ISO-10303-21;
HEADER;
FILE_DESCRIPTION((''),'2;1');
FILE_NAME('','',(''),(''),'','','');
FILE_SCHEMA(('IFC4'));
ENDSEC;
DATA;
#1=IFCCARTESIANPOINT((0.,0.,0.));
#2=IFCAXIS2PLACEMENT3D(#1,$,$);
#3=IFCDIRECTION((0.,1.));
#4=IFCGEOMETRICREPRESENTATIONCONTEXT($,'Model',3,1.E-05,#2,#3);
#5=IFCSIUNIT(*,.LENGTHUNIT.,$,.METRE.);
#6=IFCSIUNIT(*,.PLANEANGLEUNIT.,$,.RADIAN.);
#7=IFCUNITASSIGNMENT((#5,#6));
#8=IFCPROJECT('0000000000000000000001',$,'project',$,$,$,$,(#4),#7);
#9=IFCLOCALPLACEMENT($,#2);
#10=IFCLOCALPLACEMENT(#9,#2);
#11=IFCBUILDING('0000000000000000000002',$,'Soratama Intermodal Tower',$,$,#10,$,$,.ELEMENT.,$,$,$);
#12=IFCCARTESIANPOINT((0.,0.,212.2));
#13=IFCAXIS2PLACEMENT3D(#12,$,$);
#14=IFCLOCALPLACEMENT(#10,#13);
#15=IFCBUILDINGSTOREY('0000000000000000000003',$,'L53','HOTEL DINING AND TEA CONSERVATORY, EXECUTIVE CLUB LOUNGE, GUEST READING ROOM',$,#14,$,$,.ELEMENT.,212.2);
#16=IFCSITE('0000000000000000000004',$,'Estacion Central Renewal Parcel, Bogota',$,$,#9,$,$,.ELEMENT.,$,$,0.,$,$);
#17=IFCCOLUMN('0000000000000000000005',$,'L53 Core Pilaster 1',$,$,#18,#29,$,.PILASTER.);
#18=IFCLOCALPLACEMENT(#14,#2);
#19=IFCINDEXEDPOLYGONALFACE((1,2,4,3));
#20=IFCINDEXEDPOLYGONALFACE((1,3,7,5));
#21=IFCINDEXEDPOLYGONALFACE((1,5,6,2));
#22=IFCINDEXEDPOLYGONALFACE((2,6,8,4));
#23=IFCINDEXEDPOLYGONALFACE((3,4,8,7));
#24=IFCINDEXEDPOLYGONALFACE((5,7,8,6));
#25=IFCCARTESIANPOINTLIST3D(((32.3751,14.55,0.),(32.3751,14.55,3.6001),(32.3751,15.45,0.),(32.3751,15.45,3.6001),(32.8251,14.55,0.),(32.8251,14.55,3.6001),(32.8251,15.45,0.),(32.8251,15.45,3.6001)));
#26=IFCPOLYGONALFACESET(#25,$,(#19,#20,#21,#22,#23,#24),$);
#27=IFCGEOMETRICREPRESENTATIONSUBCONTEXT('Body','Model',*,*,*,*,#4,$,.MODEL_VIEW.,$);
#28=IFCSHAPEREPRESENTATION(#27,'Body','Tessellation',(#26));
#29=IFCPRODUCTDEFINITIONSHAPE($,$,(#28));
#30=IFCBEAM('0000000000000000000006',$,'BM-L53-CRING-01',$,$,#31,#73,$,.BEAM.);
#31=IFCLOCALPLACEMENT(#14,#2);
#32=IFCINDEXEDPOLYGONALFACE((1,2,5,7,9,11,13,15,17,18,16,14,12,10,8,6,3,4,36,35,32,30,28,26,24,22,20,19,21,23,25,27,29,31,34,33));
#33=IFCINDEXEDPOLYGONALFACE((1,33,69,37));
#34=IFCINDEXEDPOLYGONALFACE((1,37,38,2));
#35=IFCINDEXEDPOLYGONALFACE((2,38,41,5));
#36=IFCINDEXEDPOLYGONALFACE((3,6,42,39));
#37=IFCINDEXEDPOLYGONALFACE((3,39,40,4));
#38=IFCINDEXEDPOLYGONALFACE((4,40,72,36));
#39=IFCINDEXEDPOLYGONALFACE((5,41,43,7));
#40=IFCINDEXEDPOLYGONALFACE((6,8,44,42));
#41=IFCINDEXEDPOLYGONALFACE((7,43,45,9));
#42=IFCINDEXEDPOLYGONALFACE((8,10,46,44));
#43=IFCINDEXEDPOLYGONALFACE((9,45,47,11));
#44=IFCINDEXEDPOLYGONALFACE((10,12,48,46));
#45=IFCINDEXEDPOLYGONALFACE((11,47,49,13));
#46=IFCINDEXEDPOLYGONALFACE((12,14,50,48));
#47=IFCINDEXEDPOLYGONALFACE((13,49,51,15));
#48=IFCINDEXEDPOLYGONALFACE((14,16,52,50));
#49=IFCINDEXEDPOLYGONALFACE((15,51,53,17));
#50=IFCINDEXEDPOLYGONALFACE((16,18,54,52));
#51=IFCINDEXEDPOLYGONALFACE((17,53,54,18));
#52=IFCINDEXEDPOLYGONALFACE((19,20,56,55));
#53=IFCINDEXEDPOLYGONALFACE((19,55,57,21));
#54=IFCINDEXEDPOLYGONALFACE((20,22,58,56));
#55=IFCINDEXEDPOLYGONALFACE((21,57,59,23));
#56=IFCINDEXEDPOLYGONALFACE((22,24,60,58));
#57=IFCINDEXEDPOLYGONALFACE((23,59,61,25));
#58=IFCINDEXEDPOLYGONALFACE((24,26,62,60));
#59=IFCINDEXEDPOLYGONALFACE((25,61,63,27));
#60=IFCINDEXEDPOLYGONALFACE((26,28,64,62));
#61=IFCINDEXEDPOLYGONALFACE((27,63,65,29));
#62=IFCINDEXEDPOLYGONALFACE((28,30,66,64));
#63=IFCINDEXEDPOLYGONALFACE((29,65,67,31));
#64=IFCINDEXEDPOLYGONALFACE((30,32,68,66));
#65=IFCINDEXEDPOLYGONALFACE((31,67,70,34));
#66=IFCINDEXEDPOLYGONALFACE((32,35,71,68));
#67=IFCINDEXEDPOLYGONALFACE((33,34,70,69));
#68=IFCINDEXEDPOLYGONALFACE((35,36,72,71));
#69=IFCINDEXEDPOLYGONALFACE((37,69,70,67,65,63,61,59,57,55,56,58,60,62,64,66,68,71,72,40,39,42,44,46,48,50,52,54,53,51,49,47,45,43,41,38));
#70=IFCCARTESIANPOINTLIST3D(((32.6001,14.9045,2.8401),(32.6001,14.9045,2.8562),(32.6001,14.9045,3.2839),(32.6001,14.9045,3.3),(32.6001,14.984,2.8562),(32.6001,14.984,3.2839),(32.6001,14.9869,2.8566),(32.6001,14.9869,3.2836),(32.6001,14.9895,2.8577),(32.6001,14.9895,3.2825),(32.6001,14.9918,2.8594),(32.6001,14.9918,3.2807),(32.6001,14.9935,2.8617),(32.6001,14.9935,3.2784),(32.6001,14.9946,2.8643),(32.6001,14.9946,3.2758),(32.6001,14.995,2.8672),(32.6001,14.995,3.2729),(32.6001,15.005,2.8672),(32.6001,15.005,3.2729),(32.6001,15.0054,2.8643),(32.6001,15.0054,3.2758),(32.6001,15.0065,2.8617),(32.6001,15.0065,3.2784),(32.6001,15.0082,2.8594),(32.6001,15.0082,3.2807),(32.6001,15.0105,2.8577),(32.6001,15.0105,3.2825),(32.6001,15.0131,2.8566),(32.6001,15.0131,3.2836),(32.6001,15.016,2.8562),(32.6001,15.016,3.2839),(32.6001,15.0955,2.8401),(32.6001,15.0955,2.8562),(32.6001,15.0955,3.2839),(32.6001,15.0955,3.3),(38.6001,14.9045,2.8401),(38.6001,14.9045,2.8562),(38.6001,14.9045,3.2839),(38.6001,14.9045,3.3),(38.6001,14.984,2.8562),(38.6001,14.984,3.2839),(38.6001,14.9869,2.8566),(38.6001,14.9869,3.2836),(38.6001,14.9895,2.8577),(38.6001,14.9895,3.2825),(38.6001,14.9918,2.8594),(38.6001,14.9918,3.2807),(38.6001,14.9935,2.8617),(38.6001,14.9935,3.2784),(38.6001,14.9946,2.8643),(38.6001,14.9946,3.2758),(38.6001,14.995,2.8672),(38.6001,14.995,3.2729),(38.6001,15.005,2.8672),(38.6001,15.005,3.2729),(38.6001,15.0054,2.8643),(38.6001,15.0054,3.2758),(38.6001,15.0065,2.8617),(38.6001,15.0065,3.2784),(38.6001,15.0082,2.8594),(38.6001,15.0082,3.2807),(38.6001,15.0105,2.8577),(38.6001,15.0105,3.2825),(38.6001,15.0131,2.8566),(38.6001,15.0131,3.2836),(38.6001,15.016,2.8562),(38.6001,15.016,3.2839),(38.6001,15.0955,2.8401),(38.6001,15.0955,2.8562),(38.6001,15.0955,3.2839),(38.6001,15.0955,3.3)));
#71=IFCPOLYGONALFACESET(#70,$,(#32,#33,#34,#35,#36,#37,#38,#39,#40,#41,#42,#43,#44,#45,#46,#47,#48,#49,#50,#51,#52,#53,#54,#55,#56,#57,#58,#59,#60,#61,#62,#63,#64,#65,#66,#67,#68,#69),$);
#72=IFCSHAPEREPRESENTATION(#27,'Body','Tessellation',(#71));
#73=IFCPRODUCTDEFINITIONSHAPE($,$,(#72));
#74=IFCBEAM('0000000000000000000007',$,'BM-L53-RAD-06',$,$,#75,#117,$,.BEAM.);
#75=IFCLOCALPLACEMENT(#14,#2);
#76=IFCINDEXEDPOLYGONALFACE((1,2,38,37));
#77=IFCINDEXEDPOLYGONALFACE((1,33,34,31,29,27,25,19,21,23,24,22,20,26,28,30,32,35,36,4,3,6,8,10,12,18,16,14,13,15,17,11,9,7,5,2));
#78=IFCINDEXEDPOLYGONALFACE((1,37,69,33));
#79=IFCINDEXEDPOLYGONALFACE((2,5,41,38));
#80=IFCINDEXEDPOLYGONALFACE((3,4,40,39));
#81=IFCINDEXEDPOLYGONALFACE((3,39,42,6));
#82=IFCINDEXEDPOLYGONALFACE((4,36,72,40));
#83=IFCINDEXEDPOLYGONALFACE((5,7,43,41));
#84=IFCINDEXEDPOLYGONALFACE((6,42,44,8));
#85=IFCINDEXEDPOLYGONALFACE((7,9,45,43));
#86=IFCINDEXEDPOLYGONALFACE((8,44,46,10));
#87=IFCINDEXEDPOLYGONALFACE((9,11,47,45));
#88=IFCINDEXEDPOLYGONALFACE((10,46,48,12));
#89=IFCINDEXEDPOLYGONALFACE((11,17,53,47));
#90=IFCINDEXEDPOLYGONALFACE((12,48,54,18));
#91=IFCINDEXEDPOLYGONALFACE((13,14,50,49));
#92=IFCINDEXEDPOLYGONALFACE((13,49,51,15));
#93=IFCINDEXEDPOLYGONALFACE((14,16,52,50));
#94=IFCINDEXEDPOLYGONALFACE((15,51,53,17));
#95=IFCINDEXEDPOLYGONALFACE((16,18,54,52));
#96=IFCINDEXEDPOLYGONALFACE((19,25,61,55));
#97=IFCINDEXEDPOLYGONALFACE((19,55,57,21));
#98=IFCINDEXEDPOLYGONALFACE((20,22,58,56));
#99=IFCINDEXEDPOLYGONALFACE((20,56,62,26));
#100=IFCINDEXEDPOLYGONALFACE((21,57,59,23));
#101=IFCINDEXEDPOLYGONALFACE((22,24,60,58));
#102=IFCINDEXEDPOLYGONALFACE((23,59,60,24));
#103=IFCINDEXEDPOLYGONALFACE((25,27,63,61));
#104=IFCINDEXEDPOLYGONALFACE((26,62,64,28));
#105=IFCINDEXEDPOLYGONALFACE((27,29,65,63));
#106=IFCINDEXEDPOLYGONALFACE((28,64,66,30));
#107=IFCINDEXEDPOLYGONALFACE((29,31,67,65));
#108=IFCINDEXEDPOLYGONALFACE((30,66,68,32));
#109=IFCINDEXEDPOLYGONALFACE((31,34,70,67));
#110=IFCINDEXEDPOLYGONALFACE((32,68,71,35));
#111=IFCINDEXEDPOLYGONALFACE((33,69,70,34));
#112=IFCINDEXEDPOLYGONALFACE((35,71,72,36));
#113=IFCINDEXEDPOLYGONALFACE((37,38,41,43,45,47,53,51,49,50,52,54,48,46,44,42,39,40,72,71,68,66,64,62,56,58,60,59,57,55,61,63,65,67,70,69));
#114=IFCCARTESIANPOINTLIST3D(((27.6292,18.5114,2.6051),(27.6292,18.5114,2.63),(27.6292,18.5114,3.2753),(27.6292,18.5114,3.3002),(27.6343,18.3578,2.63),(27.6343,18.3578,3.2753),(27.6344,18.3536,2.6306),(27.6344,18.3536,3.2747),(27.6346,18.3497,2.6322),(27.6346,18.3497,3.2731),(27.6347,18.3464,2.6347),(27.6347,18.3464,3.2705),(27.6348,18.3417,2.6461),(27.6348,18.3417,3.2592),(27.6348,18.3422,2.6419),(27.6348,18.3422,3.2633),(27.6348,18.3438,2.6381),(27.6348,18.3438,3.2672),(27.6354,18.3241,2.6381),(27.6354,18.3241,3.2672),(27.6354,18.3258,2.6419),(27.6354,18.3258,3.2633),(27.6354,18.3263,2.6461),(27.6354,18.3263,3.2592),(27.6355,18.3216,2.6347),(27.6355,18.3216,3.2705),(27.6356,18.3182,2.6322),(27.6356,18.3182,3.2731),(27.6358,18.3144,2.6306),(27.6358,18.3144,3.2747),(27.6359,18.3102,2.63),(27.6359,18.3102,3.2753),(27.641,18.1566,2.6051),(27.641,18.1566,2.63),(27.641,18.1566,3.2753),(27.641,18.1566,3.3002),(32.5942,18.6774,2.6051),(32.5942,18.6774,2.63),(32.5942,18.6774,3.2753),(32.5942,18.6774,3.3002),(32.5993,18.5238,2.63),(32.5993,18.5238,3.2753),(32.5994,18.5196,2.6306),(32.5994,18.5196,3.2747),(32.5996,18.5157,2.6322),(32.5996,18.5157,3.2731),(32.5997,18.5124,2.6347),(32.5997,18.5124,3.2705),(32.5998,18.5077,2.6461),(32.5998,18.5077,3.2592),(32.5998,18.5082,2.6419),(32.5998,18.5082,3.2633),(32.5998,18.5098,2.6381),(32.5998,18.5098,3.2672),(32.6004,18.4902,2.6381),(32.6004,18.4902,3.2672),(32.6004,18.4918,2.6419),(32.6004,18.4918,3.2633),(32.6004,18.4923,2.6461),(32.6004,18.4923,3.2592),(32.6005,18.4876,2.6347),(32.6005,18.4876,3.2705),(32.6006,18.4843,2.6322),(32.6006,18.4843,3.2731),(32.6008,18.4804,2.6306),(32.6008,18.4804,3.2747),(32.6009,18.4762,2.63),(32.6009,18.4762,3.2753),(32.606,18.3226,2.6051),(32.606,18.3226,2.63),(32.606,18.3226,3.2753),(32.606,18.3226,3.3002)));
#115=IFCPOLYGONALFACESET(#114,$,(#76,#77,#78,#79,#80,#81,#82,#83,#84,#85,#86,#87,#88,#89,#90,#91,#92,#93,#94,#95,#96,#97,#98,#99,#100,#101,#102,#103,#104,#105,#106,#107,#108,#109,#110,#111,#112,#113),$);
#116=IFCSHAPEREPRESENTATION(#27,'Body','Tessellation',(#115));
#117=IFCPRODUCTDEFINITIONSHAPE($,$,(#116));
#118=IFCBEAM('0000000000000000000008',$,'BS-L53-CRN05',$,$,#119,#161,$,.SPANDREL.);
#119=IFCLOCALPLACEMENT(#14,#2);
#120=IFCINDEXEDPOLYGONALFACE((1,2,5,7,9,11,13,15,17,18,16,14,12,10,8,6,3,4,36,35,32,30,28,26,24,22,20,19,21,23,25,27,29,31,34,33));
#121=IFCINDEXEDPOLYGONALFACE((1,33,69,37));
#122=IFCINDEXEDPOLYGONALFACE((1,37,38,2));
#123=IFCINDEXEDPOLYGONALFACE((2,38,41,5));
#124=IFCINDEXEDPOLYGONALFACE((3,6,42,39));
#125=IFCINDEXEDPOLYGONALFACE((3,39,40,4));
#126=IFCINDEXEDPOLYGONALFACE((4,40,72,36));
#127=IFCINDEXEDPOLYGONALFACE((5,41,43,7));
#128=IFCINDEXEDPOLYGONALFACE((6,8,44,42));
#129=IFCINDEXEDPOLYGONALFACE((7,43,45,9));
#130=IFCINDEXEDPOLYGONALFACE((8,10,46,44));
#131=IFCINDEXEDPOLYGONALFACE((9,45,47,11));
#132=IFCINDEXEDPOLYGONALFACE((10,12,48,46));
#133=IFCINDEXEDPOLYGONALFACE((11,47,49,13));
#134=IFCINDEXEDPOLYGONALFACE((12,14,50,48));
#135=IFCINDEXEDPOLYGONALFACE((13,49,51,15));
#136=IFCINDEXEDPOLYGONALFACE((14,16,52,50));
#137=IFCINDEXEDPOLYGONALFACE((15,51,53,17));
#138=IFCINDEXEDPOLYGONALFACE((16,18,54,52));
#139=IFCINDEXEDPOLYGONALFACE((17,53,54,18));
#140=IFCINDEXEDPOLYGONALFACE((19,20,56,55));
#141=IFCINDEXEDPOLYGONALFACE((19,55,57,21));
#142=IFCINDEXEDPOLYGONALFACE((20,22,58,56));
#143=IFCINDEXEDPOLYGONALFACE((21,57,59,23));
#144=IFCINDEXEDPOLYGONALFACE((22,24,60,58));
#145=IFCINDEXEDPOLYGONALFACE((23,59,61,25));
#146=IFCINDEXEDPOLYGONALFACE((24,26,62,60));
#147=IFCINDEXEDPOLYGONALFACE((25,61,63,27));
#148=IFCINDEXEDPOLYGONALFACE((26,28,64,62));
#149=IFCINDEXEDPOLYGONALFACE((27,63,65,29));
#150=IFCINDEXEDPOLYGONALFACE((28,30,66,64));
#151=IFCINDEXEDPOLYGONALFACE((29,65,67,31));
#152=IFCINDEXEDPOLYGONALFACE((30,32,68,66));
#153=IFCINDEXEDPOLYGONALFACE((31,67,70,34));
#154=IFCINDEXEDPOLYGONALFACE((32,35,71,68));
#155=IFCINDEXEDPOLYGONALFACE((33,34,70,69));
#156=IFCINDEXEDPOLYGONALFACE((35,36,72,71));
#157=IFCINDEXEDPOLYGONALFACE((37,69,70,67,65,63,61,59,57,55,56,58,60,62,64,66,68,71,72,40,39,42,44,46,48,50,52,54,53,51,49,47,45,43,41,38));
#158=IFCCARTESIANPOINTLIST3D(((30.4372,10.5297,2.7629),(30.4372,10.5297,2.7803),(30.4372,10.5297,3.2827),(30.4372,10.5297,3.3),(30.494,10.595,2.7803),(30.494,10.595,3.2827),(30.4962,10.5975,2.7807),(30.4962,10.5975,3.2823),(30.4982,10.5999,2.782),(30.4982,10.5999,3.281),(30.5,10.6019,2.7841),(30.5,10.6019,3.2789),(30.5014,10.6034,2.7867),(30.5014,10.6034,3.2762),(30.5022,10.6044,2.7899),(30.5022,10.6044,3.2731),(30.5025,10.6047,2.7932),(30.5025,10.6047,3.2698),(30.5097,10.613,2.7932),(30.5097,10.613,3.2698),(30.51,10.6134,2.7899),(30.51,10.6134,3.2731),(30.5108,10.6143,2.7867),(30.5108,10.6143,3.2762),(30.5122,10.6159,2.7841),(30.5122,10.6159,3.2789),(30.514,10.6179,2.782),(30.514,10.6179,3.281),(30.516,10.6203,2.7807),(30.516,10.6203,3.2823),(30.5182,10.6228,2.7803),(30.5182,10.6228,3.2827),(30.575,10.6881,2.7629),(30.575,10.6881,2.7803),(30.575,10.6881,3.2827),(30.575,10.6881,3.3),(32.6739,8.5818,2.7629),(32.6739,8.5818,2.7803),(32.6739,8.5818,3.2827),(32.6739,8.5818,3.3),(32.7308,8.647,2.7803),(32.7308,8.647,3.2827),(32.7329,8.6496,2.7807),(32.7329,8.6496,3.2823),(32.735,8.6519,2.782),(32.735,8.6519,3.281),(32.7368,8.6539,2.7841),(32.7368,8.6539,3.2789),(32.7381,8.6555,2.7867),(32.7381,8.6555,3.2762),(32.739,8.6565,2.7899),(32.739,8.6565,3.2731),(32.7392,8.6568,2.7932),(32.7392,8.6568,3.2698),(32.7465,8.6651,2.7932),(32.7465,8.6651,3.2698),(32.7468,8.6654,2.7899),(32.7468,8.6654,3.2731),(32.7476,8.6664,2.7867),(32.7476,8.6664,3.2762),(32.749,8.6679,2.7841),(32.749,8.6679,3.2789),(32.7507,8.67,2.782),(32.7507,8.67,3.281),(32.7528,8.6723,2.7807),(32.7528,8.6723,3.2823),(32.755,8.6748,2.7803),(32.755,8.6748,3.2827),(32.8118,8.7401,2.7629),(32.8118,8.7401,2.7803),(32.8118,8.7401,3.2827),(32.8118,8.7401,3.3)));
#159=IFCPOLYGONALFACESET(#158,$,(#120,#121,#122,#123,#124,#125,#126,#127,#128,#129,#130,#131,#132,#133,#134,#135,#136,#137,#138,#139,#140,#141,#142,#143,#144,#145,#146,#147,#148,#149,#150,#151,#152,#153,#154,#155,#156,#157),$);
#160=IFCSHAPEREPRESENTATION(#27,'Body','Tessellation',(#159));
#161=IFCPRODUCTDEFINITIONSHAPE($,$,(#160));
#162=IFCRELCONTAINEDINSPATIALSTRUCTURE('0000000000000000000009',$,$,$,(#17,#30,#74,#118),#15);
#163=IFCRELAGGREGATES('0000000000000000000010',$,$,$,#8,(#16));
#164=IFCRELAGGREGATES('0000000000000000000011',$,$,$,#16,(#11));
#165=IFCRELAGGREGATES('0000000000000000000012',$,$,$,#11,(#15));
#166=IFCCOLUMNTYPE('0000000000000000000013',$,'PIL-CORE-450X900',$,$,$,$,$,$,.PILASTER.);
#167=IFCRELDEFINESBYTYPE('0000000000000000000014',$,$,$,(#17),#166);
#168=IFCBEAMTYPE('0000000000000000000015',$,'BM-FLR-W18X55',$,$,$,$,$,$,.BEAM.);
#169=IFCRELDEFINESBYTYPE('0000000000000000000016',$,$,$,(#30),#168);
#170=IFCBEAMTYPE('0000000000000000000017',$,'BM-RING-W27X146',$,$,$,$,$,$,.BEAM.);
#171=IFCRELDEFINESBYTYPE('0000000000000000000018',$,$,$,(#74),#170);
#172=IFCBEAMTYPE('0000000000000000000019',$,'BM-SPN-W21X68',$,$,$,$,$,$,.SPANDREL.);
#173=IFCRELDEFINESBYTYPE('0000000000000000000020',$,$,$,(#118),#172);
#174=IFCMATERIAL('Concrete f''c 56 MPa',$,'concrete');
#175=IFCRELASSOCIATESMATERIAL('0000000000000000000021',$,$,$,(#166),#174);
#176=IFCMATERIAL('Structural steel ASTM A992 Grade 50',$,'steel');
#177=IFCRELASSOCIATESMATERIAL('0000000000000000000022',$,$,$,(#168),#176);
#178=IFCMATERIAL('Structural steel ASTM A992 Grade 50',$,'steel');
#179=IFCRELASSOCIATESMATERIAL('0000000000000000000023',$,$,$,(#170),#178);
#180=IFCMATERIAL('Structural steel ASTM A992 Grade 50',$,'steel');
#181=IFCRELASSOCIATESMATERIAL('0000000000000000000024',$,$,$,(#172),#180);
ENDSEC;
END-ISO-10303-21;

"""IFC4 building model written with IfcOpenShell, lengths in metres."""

from ifc_helpers import new_model, si_unit, direction, frame, origin, origin_2d, place, context, subcontext, project, spatial, rectangle, i_section, extrude, material, material_profile, profile_set, type_object, element, save


model = new_model("IFC4")

# Units and contexts
model_context = context("Model", 3, precision=1e-05, world=origin(), true_north=direction((0.0, 1.0)))
body_context = subcontext(model_context, "Body", "Model", "MODEL_VIEW")
ifc_project = project(units=[si_unit("LENGTHUNIT", "METRE"), si_unit("PLANEANGLEUNIT", "RADIAN")], contexts=[model_context])

# Site, building, storey
site_placement = place(None, origin())
site = spatial("IfcSite", under=ifc_project, at=site_placement, Name="Estacion Central Renewal Parcel, Bogota", CompositionType="ELEMENT", RefElevation=0.0)
building_placement = place(site_placement, origin())
building = spatial("IfcBuilding", under=site, at=building_placement, Name="Soratama Intermodal Tower", CompositionType="ELEMENT")
storey_placement = place(building_placement, frame((0.0, 0.0, 212.2)))
storey = spatial("IfcBuildingStorey", under=building, at=storey_placement, Name="L53", Description="HOTEL DINING AND TEA CONSERVATORY, EXECUTIVE CLUB LOUNGE, GUEST READING ROOM", CompositionType="ELEMENT", Elevation=212.2)

# Column
ifc_material_1 = material(Name="Concrete f'c 56 MPa", Category="concrete")
ifc_material_profile_1 = material_profile(ifc_material_1, rectangle(XDim=0.45, YDim=0.8999, at=origin_2d()), Name="RC450X900")
ifc_profile_set_1 = profile_set([ifc_material_profile_1], Name="Concrete f'c 56 MPa")
column_type = type_object("IfcColumnType", Name="PIL-CORE-450X900", PredefinedType="PILASTER", material=ifc_profile_set_1)
column_placement = place(storey_placement, frame((32.6001, 15.0, 0.0), z_axis=(0.0, 0.0, 1.0), x_axis=(1.0, 0.0, 0.0)))
element("IfcColumn", 1, at=column_placement, inside=storey, type_object=column_type, Name="L53 Core Pilaster 1", PredefinedType="PILASTER", context=body_context, shape_type="SweptSolid", body=[
    extrude(rectangle(XDim=0.45, YDim=0.8999, at=origin_2d()), origin(), (0.0, 0.0, 1.0), 3.6001),
])

# Beams
ifc_material_2 = material(Name="Structural steel ASTM A992 Grade 50", Category="steel")
ifc_material_profile_2 = material_profile(ifc_material_2, i_section(OverallWidth=0.1909, OverallDepth=0.46, WebThickness=0.01, FlangeThickness=0.0161, FilletRadius=0.011, at=origin_2d()), Name="W18X55")
ifc_profile_set_2 = profile_set([ifc_material_profile_2], Name="Structural steel ASTM A992 Grade 50")
beam_type_1 = type_object("IfcBeamType", Name="BM-FLR-W18X55", PredefinedType="BEAM", material=ifc_profile_set_2)
beam_1_placement = place(storey_placement, frame((32.6001, 15.0, 3.0701), z_axis=(1.0, 0.0, 0.0), x_axis=(0.0, 1.0, 0.0)))
element("IfcBeam", 2, at=beam_1_placement, inside=storey, type_object=beam_type_1, Name="BM-L53-CRING-01", PredefinedType="BEAM", context=body_context, shape_type="SweptSolid", body=[
    extrude(i_section(OverallWidth=0.1909, OverallDepth=0.46, WebThickness=0.01, FlangeThickness=0.0161, FilletRadius=0.011, at=origin_2d()), origin(), (0.0, 0.0, 1.0), 6.0),
])
ifc_material_3 = material(Name="Structural steel ASTM A992 Grade 50", Category="steel")
ifc_material_profile_3 = material_profile(ifc_material_3, i_section(OverallWidth=0.355, OverallDepth=0.6951, WebThickness=0.0154, FlangeThickness=0.0249, FilletRadius=0.0161, at=origin_2d()), Name="W27X146")
ifc_profile_set_3 = profile_set([ifc_material_profile_3], Name="Structural steel ASTM A992 Grade 50")
beam_type_2 = type_object("IfcBeamType", Name="BM-RING-W27X146", PredefinedType="BEAM", material=ifc_profile_set_3)
beam_2_placement = place(storey_placement, frame((32.6001, 18.5, 2.9526), z_axis=(-0.999441, -0.033418, 0.0), x_axis=(0.033418, -0.999441, 0.0)))
element("IfcBeam", 3, at=beam_2_placement, inside=storey, type_object=beam_type_2, Name="BM-L53-RAD-06", PredefinedType="BEAM", context=body_context, shape_type="SweptSolid", body=[
    extrude(i_section(OverallWidth=0.355, OverallDepth=0.6951, WebThickness=0.0154, FlangeThickness=0.0249, FilletRadius=0.0161, at=origin_2d()), origin(), (0.0, 0.0, 1.0), 4.9678),
])
ifc_material_4 = material(Name="Structural steel ASTM A992 Grade 50", Category="steel")
ifc_material_profile_4 = material_profile(ifc_material_4, i_section(OverallWidth=0.21, OverallDepth=0.5371, WebThickness=0.011, FlangeThickness=0.0173, FilletRadius=0.0129, at=origin_2d()), Name="W21X68")
ifc_profile_set_4 = profile_set([ifc_material_profile_4], Name="Structural steel ASTM A992 Grade 50")
beam_type_3 = type_object("IfcBeamType", Name="BM-SPN-W21X68", PredefinedType="SPANDREL", material=ifc_profile_set_4)
beam_3_placement = place(storey_placement, frame((30.5061, 10.6089, 3.0315), z_axis=(0.754114, -0.656743, 0.0), x_axis=(0.656743, 0.754114, 0.0)))
element("IfcBeam", 4, at=beam_3_placement, inside=storey, type_object=beam_type_3, Name="BS-L53-CRN05", PredefinedType="SPANDREL", context=body_context, shape_type="SweptSolid", body=[
    extrude(i_section(OverallWidth=0.21, OverallDepth=0.5371, WebThickness=0.011, FlangeThickness=0.0173, FilletRadius=0.0129, at=origin_2d()), origin(), (0.0, 0.0, 1.0), 2.9661),
])

save(model, "model.ifc")
